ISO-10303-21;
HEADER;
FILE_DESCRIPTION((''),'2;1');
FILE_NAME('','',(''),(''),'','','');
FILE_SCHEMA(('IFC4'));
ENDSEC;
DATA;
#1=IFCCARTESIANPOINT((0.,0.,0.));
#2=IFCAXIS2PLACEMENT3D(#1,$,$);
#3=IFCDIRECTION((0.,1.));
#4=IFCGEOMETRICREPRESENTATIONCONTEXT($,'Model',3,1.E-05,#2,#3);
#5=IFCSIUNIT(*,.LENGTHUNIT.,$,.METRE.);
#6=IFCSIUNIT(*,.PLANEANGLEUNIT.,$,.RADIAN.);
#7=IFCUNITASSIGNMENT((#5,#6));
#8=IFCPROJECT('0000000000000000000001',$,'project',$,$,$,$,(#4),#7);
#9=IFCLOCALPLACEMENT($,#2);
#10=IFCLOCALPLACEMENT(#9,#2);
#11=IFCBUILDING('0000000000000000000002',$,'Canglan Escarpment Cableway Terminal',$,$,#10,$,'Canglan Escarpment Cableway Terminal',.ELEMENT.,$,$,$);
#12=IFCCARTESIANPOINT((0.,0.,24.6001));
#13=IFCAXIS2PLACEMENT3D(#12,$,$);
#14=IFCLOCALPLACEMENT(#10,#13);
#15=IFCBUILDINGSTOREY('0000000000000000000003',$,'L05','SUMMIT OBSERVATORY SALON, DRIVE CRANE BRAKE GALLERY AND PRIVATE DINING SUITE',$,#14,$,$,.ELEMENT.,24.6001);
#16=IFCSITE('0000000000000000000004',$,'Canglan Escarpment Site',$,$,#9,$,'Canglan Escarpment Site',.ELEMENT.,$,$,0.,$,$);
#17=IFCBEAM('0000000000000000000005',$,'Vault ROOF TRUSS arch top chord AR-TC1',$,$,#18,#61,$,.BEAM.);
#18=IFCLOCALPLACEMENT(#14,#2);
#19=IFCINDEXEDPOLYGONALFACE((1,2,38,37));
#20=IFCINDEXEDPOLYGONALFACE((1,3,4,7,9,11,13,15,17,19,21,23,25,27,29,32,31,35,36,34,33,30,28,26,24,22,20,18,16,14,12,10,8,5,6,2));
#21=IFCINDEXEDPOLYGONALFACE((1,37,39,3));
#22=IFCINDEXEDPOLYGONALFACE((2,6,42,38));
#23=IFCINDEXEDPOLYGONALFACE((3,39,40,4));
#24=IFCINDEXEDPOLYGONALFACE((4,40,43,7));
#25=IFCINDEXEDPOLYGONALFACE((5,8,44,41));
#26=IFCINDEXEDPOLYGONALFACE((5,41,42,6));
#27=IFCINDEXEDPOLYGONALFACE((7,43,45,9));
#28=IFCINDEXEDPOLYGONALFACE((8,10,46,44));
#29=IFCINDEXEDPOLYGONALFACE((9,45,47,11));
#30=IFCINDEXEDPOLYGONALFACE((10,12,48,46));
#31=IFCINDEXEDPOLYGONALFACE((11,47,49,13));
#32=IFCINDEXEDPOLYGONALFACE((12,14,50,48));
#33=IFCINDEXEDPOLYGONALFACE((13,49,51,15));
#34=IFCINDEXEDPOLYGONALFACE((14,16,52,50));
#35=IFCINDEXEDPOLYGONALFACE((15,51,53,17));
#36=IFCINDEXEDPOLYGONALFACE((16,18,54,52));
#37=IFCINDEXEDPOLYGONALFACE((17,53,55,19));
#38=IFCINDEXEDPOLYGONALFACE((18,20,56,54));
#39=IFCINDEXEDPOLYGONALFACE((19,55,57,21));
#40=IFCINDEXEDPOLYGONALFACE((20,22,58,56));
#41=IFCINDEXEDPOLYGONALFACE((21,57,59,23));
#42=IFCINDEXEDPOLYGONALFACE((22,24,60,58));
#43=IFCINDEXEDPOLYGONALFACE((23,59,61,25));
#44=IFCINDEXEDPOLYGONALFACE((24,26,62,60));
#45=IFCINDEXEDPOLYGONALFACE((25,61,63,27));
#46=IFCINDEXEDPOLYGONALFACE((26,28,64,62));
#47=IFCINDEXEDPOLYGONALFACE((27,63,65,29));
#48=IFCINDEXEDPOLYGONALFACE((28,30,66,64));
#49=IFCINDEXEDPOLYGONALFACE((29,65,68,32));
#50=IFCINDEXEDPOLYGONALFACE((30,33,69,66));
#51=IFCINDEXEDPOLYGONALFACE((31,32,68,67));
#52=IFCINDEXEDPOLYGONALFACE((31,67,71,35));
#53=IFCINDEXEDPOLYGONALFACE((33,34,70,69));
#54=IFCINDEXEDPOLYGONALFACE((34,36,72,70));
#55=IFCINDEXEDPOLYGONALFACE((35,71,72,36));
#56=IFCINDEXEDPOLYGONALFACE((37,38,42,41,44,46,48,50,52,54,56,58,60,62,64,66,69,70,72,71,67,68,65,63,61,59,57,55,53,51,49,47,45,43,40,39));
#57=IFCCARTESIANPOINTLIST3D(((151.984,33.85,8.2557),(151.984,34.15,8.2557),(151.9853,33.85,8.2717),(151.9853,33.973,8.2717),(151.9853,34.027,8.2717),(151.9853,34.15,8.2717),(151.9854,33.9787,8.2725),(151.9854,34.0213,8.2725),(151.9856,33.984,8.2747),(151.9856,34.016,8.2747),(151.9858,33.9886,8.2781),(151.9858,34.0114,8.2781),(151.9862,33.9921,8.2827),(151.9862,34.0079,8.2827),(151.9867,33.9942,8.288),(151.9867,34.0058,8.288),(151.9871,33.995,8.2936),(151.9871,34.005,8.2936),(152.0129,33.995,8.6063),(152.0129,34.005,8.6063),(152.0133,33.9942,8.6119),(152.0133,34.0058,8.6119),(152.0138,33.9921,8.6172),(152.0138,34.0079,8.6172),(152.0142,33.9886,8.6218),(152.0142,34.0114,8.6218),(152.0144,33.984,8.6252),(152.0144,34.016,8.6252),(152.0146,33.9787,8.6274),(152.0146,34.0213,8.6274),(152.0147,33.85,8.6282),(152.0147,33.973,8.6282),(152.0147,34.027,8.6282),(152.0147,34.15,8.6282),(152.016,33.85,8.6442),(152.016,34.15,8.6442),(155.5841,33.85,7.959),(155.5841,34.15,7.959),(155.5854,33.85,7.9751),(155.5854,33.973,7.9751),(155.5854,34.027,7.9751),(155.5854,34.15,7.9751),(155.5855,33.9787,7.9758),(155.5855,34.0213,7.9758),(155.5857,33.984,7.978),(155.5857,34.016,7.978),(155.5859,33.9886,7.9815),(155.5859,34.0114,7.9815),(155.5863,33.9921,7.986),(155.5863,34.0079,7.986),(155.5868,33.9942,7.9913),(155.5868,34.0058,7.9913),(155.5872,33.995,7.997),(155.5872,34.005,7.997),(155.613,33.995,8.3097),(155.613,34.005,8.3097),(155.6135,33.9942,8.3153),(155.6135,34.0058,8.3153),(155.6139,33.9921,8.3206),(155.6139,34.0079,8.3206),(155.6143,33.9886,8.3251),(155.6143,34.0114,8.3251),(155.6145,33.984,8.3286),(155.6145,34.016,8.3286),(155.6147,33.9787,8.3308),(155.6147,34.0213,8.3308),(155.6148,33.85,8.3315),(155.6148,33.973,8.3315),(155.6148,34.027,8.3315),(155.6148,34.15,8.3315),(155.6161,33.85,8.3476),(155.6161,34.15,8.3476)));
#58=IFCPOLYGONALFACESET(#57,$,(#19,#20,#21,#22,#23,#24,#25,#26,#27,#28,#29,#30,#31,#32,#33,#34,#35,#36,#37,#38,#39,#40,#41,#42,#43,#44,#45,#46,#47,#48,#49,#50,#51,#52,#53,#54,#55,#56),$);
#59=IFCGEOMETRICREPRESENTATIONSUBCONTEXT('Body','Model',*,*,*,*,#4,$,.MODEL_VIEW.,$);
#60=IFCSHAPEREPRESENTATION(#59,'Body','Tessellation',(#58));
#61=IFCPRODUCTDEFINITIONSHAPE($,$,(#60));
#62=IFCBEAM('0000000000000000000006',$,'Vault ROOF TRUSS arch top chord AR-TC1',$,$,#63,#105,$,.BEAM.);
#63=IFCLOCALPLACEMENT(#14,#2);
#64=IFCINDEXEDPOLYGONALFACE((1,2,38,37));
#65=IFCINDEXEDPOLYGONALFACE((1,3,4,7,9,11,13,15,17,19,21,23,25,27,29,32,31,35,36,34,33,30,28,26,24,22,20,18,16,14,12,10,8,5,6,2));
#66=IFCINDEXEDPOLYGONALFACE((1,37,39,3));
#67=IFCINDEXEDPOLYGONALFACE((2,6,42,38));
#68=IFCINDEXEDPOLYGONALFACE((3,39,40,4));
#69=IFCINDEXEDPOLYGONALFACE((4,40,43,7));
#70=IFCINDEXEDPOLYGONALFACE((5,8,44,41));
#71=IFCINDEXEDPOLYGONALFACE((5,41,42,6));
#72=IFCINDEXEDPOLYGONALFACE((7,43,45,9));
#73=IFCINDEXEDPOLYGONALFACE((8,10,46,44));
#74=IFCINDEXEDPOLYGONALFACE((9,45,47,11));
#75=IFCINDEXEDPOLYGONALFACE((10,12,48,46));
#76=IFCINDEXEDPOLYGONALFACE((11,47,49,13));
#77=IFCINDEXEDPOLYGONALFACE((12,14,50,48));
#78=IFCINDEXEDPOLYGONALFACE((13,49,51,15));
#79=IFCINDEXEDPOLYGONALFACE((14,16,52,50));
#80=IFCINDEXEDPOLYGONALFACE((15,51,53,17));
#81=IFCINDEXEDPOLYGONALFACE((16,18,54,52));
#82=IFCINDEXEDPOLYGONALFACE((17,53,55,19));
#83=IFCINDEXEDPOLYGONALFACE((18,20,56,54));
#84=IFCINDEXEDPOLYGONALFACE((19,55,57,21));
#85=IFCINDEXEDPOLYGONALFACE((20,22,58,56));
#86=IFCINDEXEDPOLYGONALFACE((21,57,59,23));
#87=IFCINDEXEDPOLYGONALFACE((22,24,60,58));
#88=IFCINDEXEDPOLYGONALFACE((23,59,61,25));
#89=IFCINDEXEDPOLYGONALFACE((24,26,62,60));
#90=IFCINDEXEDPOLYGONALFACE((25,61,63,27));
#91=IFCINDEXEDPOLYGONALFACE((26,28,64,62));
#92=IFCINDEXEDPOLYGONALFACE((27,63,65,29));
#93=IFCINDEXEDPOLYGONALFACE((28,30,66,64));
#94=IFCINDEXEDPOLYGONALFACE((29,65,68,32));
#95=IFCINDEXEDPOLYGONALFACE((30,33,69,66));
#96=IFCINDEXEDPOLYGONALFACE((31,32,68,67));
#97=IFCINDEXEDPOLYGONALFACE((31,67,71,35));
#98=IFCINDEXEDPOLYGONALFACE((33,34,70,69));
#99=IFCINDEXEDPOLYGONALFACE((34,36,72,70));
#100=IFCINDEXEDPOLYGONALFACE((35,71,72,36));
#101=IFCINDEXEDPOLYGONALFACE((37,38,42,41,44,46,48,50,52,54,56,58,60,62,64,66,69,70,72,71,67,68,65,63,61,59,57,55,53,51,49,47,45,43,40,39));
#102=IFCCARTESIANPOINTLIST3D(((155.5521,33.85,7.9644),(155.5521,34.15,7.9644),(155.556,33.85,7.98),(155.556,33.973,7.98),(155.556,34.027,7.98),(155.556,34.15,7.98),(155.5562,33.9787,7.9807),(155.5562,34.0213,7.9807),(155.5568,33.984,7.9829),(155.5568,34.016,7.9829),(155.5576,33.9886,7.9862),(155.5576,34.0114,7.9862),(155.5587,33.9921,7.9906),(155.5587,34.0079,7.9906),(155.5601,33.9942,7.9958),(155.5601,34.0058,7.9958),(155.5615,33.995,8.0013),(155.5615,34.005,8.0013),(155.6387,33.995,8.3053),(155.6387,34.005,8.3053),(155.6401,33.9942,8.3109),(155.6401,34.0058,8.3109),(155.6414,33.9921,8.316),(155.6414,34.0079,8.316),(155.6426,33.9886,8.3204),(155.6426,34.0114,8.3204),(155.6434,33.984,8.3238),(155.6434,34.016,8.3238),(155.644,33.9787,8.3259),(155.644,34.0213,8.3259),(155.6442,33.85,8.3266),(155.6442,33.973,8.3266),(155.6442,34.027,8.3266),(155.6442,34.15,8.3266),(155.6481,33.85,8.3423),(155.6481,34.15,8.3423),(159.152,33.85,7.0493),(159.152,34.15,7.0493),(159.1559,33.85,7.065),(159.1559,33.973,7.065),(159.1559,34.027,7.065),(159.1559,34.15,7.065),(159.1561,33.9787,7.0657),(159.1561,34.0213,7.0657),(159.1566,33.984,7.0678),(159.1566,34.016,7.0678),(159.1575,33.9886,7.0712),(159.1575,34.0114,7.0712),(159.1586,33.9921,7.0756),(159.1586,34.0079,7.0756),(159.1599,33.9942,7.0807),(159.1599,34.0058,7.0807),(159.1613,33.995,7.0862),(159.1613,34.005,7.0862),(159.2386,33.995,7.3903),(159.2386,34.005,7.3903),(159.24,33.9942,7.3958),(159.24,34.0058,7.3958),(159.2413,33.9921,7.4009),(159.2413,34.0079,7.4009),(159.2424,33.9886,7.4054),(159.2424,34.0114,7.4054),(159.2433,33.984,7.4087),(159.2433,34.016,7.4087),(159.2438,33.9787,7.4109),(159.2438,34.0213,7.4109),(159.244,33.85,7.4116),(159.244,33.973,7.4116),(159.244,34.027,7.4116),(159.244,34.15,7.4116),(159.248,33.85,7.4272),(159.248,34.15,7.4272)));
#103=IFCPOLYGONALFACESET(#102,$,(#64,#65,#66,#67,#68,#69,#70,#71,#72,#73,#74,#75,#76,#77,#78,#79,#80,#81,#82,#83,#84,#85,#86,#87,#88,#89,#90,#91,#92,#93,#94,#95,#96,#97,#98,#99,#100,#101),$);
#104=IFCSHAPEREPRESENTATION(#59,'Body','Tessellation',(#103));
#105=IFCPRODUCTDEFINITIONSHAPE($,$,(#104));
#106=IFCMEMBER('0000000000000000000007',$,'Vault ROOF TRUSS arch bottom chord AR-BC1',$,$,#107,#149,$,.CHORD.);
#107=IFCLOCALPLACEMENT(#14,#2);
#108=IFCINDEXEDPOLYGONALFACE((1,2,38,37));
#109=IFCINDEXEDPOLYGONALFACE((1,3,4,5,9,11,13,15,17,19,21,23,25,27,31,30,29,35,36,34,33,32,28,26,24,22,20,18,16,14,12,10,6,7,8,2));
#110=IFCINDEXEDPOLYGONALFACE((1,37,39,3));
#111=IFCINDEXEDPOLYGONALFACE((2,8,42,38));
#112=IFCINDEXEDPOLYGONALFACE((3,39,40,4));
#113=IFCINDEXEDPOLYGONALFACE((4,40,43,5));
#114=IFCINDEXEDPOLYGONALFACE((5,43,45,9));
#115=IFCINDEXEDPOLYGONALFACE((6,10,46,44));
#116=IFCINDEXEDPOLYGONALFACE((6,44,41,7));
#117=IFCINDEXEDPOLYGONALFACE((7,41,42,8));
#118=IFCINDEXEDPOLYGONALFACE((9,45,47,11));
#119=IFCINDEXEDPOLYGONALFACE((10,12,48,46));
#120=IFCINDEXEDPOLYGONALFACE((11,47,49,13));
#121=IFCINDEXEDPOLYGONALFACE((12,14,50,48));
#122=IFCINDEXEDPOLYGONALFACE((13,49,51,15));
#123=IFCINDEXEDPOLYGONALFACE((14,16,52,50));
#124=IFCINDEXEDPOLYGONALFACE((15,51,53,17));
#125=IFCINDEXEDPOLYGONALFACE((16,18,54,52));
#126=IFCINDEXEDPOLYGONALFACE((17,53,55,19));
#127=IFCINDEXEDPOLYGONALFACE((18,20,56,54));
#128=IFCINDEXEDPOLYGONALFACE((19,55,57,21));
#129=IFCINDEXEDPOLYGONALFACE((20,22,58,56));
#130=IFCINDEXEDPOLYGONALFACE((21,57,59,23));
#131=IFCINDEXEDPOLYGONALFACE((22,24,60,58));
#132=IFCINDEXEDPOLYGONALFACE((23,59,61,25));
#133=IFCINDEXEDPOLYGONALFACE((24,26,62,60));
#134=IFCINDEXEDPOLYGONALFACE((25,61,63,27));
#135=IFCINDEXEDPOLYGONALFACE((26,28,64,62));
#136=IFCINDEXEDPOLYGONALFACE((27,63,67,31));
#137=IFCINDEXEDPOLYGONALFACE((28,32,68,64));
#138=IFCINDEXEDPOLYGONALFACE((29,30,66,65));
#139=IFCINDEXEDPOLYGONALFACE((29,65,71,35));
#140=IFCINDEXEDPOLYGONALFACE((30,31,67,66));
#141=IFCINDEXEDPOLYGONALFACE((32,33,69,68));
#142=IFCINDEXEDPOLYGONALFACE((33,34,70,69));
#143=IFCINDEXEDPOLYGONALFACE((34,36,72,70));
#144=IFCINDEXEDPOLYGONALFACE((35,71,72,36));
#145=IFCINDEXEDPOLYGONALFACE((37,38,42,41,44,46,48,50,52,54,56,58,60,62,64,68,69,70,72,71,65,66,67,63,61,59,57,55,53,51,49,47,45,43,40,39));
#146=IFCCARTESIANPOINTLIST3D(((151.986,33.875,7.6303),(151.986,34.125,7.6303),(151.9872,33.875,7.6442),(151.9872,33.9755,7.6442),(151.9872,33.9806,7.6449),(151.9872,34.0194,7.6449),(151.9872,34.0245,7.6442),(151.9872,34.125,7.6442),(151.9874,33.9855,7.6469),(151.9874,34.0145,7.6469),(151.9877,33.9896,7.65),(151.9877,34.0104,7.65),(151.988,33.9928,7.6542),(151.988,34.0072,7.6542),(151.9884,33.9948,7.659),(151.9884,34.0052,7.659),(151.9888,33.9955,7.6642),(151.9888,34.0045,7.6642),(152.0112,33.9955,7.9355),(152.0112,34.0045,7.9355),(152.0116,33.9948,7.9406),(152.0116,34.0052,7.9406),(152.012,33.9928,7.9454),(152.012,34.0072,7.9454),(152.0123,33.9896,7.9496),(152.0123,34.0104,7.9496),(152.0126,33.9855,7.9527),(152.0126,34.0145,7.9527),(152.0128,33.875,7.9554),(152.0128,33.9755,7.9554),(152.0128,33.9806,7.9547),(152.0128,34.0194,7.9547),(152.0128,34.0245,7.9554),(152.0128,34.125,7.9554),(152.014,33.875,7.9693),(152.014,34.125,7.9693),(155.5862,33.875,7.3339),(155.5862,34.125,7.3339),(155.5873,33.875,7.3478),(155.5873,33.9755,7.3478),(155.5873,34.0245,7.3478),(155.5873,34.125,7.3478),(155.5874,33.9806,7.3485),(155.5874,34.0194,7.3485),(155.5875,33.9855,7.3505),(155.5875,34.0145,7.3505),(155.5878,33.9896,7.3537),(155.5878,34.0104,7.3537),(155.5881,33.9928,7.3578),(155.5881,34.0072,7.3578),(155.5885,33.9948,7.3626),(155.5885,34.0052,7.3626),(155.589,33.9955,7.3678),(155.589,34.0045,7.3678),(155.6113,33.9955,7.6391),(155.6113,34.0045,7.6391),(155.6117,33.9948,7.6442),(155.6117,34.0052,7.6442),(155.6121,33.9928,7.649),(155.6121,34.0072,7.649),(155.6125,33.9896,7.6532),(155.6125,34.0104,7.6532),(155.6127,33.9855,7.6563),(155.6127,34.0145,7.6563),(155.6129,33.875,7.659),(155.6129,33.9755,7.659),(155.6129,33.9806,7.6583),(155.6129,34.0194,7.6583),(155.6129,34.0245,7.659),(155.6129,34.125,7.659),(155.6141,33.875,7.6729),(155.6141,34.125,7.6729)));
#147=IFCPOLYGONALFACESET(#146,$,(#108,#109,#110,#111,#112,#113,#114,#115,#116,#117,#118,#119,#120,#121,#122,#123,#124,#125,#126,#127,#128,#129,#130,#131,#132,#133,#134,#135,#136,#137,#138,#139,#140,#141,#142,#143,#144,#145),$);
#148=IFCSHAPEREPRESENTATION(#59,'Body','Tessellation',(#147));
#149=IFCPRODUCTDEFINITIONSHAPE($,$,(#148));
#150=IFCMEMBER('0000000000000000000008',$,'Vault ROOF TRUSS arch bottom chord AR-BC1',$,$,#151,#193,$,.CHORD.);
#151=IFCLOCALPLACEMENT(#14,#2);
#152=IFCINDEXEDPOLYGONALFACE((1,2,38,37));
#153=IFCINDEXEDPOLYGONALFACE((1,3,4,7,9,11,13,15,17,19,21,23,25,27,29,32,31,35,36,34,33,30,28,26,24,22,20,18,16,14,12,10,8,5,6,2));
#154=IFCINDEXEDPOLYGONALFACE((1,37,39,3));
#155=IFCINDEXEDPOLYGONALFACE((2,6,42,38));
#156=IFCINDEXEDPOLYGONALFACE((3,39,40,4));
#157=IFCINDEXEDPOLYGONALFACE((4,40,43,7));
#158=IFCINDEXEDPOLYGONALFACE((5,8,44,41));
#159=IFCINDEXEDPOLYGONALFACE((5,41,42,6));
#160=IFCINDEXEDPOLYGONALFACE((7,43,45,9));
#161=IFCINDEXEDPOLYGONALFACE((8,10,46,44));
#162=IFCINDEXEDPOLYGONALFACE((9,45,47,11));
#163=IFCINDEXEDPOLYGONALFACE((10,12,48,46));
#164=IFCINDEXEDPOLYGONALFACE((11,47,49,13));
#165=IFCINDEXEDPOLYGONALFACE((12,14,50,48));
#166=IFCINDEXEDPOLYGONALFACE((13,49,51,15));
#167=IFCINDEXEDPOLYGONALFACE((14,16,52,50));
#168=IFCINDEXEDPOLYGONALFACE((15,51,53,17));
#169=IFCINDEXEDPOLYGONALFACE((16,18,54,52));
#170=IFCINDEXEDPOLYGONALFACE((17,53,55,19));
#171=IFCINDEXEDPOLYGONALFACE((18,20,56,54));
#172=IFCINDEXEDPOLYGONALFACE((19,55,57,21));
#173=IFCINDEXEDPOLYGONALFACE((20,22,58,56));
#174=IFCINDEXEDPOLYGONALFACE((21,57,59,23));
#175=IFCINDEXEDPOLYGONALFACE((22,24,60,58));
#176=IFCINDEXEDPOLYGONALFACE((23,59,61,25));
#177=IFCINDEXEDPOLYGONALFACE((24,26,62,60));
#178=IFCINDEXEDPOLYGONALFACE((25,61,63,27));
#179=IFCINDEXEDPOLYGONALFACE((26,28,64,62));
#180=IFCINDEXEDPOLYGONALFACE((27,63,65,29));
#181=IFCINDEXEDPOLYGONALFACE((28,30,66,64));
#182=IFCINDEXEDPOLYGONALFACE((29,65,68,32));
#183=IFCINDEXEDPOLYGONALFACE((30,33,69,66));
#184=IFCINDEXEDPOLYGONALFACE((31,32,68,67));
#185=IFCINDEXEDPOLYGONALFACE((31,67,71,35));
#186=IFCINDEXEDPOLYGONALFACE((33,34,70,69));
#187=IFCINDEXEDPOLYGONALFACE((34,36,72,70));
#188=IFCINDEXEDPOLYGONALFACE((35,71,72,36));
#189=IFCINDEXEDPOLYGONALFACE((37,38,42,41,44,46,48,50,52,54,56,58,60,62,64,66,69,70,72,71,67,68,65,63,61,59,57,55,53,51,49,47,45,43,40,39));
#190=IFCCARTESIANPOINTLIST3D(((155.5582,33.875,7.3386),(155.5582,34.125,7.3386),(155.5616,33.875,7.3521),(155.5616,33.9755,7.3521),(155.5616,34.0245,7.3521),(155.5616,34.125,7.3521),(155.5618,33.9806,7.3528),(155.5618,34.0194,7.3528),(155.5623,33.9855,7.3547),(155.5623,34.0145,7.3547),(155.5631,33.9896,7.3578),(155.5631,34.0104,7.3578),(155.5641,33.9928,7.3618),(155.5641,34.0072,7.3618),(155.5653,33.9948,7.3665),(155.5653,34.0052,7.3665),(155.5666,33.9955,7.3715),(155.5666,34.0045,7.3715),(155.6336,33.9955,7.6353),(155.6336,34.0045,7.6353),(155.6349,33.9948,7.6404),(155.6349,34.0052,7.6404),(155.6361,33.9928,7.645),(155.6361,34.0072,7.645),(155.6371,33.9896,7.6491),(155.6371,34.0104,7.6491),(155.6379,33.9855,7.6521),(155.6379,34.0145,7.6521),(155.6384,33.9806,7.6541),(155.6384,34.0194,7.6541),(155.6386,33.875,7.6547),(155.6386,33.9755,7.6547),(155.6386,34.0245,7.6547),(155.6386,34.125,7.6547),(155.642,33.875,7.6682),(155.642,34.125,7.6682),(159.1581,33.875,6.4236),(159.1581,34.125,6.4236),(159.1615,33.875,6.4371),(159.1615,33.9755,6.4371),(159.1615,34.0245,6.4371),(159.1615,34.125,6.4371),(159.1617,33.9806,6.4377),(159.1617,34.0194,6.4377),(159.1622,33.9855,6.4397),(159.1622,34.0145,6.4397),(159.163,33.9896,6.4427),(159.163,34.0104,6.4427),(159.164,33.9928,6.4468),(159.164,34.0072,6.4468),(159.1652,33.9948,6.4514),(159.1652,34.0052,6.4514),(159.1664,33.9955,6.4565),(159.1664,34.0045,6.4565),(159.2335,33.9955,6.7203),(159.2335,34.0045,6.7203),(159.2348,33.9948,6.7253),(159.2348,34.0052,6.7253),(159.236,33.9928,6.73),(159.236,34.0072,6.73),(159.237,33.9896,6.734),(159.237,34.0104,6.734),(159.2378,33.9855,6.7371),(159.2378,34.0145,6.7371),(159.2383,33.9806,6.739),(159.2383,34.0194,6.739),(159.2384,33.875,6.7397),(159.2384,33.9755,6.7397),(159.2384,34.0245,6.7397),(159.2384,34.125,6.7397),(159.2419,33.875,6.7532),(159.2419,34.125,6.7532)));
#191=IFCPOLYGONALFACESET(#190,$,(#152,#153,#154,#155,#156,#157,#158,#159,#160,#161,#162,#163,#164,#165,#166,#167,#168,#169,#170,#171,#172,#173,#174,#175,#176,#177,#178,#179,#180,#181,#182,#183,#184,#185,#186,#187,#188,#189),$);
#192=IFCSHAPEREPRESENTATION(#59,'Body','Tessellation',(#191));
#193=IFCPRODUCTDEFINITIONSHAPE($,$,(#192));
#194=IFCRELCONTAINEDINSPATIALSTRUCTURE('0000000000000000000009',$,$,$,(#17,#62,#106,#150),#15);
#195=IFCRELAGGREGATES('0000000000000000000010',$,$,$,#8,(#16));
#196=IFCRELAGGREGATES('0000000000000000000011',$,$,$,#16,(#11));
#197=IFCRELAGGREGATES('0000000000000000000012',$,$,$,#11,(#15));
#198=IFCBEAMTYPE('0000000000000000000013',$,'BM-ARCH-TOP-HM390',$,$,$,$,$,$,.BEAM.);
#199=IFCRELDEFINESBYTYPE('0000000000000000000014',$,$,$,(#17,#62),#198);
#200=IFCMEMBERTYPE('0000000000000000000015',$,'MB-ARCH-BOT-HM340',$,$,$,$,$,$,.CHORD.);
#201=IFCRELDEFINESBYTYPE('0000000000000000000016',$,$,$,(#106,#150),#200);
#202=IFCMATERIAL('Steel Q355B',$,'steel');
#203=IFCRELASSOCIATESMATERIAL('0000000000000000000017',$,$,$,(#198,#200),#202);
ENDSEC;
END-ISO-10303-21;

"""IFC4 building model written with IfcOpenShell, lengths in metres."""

from ifc_helpers import new_model, si_unit, direction, frame, origin, origin_2d, place, context, subcontext, project, spatial, i_section, extrude, material, material_profile, profile_set, type_object, element, save


model = new_model("IFC4")

# Units and contexts
model_context = context("Model", 3, precision=1e-05, world=origin(), true_north=direction((0.0, 1.0)))
body_context = subcontext(model_context, "Body", "Model", "MODEL_VIEW")
ifc_project = project(units=[si_unit("LENGTHUNIT", "METRE"), si_unit("PLANEANGLEUNIT", "RADIAN")], contexts=[model_context])

# Site, building, storey
site_placement = place(None, origin())
site = spatial("IfcSite", under=ifc_project, at=site_placement, Name="Canglan Escarpment Site", LongName="Canglan Escarpment Site", CompositionType="ELEMENT", RefElevation=0.0)
building_placement = place(site_placement, origin())
building = spatial("IfcBuilding", under=site, at=building_placement, Name="Canglan Escarpment Cableway Terminal", LongName="Canglan Escarpment Cableway Terminal", CompositionType="ELEMENT")
storey_placement = place(building_placement, frame((0.0, 0.0, 24.6001)))
storey = spatial("IfcBuildingStorey", under=building, at=storey_placement, Name="L05", Description="SUMMIT OBSERVATORY SALON, DRIVE CRANE BRAKE GALLERY AND PRIVATE DINING SUITE", CompositionType="ELEMENT", Elevation=24.6001)

# Beams
ifc_material_1 = material(Name="Steel Q355B", Category="steel")
ifc_material_profile_1 = material_profile(ifc_material_1, i_section(OverallWidth=0.3, OverallDepth=0.3899, WebThickness=0.01, FlangeThickness=0.0161, FilletRadius=0.022, at=origin_2d()), Name="HM 390x300x10x16")
ifc_profile_set_1 = profile_set([ifc_material_profile_1], Name="Steel Q355B")
beam_type = type_object("IfcBeamType", Name="BM-ARCH-TOP-HM390", PredefinedType="BEAM", material=ifc_profile_set_1)
beam_1_placement = place(storey_placement, frame((152.0, 34.0, 8.45), z_axis=(0.996623, 0.0, -0.082117), x_axis=(0.0, 1.0, 0.0)))
element("IfcBeam", 1, at=beam_1_placement, inside=storey, type_object=beam_type, Name="Vault ROOF TRUSS arch top chord AR-TC1", PredefinedType="BEAM", context=body_context, shape_type="SweptSolid", body=[
    extrude(i_section(OverallWidth=0.3, OverallDepth=0.3899, WebThickness=0.01, FlangeThickness=0.0161, FilletRadius=0.022, at=origin_2d()), origin(), (0.0, 0.0, 1.0), 3.6123),
])
beam_2_placement = place(storey_placement, frame((155.6001, 34.0, 8.1533), z_axis=(0.96918, 0.0, -0.246354), x_axis=(0.0, 1.0, 0.0)))
element("IfcBeam", 2, at=beam_2_placement, inside=storey, type_object=beam_type, Name="Vault ROOF TRUSS arch top chord AR-TC1", PredefinedType="BEAM", context=body_context, shape_type="SweptSolid", body=[
    extrude(i_section(OverallWidth=0.3, OverallDepth=0.3899, WebThickness=0.01, FlangeThickness=0.0161, FilletRadius=0.022, at=origin_2d()), origin(), (0.0, 0.0, 1.0), 3.7144),
])

# Members
ifc_material_profile_2 = material_profile(ifc_material_1, i_section(OverallWidth=0.25, OverallDepth=0.3401, WebThickness=0.009, FlangeThickness=0.0139, FilletRadius=0.02, at=origin_2d()), Name="HM 340x250x9x14")
ifc_profile_set_2 = profile_set([ifc_material_profile_2], Name="Steel Q355B")
member_type_1 = type_object("IfcMemberType", Name="MB-ARCH-BOT-HM340", PredefinedType="CHORD", material=ifc_profile_set_2)
member_1_placement = place(storey_placement, frame((152.0, 34.0, 7.7998), z_axis=(0.996628, 0.0, -0.08205), x_axis=(0.0, 1.0, 0.0)))
element("IfcMember", 3, at=member_1_placement, inside=storey, type_object=member_type_1, Name="Vault ROOF TRUSS arch bottom chord AR-BC1", PredefinedType="CHORD", context=body_context, shape_type="SweptSolid", body=[
    extrude(i_section(OverallWidth=0.25, OverallDepth=0.3401, WebThickness=0.009, FlangeThickness=0.0139, FilletRadius=0.02, at=origin_2d()), origin(), (0.0, 0.0, 1.0), 3.6123),
])
member_2_placement = place(storey_placement, frame((155.6001, 34.0, 7.5034), z_axis=(0.96918, 0.0, -0.246354), x_axis=(0.0, 1.0, 0.0)))
element("IfcMember", 4, at=member_2_placement, inside=storey, type_object=member_type_1, Name="Vault ROOF TRUSS arch bottom chord AR-BC1", PredefinedType="CHORD", context=body_context, shape_type="SweptSolid", body=[
    extrude(i_section(OverallWidth=0.25, OverallDepth=0.3401, WebThickness=0.009, FlangeThickness=0.0139, FilletRadius=0.02, at=origin_2d()), origin(), (0.0, 0.0, 1.0), 3.7144),
])

save(model, "model.ifc")
